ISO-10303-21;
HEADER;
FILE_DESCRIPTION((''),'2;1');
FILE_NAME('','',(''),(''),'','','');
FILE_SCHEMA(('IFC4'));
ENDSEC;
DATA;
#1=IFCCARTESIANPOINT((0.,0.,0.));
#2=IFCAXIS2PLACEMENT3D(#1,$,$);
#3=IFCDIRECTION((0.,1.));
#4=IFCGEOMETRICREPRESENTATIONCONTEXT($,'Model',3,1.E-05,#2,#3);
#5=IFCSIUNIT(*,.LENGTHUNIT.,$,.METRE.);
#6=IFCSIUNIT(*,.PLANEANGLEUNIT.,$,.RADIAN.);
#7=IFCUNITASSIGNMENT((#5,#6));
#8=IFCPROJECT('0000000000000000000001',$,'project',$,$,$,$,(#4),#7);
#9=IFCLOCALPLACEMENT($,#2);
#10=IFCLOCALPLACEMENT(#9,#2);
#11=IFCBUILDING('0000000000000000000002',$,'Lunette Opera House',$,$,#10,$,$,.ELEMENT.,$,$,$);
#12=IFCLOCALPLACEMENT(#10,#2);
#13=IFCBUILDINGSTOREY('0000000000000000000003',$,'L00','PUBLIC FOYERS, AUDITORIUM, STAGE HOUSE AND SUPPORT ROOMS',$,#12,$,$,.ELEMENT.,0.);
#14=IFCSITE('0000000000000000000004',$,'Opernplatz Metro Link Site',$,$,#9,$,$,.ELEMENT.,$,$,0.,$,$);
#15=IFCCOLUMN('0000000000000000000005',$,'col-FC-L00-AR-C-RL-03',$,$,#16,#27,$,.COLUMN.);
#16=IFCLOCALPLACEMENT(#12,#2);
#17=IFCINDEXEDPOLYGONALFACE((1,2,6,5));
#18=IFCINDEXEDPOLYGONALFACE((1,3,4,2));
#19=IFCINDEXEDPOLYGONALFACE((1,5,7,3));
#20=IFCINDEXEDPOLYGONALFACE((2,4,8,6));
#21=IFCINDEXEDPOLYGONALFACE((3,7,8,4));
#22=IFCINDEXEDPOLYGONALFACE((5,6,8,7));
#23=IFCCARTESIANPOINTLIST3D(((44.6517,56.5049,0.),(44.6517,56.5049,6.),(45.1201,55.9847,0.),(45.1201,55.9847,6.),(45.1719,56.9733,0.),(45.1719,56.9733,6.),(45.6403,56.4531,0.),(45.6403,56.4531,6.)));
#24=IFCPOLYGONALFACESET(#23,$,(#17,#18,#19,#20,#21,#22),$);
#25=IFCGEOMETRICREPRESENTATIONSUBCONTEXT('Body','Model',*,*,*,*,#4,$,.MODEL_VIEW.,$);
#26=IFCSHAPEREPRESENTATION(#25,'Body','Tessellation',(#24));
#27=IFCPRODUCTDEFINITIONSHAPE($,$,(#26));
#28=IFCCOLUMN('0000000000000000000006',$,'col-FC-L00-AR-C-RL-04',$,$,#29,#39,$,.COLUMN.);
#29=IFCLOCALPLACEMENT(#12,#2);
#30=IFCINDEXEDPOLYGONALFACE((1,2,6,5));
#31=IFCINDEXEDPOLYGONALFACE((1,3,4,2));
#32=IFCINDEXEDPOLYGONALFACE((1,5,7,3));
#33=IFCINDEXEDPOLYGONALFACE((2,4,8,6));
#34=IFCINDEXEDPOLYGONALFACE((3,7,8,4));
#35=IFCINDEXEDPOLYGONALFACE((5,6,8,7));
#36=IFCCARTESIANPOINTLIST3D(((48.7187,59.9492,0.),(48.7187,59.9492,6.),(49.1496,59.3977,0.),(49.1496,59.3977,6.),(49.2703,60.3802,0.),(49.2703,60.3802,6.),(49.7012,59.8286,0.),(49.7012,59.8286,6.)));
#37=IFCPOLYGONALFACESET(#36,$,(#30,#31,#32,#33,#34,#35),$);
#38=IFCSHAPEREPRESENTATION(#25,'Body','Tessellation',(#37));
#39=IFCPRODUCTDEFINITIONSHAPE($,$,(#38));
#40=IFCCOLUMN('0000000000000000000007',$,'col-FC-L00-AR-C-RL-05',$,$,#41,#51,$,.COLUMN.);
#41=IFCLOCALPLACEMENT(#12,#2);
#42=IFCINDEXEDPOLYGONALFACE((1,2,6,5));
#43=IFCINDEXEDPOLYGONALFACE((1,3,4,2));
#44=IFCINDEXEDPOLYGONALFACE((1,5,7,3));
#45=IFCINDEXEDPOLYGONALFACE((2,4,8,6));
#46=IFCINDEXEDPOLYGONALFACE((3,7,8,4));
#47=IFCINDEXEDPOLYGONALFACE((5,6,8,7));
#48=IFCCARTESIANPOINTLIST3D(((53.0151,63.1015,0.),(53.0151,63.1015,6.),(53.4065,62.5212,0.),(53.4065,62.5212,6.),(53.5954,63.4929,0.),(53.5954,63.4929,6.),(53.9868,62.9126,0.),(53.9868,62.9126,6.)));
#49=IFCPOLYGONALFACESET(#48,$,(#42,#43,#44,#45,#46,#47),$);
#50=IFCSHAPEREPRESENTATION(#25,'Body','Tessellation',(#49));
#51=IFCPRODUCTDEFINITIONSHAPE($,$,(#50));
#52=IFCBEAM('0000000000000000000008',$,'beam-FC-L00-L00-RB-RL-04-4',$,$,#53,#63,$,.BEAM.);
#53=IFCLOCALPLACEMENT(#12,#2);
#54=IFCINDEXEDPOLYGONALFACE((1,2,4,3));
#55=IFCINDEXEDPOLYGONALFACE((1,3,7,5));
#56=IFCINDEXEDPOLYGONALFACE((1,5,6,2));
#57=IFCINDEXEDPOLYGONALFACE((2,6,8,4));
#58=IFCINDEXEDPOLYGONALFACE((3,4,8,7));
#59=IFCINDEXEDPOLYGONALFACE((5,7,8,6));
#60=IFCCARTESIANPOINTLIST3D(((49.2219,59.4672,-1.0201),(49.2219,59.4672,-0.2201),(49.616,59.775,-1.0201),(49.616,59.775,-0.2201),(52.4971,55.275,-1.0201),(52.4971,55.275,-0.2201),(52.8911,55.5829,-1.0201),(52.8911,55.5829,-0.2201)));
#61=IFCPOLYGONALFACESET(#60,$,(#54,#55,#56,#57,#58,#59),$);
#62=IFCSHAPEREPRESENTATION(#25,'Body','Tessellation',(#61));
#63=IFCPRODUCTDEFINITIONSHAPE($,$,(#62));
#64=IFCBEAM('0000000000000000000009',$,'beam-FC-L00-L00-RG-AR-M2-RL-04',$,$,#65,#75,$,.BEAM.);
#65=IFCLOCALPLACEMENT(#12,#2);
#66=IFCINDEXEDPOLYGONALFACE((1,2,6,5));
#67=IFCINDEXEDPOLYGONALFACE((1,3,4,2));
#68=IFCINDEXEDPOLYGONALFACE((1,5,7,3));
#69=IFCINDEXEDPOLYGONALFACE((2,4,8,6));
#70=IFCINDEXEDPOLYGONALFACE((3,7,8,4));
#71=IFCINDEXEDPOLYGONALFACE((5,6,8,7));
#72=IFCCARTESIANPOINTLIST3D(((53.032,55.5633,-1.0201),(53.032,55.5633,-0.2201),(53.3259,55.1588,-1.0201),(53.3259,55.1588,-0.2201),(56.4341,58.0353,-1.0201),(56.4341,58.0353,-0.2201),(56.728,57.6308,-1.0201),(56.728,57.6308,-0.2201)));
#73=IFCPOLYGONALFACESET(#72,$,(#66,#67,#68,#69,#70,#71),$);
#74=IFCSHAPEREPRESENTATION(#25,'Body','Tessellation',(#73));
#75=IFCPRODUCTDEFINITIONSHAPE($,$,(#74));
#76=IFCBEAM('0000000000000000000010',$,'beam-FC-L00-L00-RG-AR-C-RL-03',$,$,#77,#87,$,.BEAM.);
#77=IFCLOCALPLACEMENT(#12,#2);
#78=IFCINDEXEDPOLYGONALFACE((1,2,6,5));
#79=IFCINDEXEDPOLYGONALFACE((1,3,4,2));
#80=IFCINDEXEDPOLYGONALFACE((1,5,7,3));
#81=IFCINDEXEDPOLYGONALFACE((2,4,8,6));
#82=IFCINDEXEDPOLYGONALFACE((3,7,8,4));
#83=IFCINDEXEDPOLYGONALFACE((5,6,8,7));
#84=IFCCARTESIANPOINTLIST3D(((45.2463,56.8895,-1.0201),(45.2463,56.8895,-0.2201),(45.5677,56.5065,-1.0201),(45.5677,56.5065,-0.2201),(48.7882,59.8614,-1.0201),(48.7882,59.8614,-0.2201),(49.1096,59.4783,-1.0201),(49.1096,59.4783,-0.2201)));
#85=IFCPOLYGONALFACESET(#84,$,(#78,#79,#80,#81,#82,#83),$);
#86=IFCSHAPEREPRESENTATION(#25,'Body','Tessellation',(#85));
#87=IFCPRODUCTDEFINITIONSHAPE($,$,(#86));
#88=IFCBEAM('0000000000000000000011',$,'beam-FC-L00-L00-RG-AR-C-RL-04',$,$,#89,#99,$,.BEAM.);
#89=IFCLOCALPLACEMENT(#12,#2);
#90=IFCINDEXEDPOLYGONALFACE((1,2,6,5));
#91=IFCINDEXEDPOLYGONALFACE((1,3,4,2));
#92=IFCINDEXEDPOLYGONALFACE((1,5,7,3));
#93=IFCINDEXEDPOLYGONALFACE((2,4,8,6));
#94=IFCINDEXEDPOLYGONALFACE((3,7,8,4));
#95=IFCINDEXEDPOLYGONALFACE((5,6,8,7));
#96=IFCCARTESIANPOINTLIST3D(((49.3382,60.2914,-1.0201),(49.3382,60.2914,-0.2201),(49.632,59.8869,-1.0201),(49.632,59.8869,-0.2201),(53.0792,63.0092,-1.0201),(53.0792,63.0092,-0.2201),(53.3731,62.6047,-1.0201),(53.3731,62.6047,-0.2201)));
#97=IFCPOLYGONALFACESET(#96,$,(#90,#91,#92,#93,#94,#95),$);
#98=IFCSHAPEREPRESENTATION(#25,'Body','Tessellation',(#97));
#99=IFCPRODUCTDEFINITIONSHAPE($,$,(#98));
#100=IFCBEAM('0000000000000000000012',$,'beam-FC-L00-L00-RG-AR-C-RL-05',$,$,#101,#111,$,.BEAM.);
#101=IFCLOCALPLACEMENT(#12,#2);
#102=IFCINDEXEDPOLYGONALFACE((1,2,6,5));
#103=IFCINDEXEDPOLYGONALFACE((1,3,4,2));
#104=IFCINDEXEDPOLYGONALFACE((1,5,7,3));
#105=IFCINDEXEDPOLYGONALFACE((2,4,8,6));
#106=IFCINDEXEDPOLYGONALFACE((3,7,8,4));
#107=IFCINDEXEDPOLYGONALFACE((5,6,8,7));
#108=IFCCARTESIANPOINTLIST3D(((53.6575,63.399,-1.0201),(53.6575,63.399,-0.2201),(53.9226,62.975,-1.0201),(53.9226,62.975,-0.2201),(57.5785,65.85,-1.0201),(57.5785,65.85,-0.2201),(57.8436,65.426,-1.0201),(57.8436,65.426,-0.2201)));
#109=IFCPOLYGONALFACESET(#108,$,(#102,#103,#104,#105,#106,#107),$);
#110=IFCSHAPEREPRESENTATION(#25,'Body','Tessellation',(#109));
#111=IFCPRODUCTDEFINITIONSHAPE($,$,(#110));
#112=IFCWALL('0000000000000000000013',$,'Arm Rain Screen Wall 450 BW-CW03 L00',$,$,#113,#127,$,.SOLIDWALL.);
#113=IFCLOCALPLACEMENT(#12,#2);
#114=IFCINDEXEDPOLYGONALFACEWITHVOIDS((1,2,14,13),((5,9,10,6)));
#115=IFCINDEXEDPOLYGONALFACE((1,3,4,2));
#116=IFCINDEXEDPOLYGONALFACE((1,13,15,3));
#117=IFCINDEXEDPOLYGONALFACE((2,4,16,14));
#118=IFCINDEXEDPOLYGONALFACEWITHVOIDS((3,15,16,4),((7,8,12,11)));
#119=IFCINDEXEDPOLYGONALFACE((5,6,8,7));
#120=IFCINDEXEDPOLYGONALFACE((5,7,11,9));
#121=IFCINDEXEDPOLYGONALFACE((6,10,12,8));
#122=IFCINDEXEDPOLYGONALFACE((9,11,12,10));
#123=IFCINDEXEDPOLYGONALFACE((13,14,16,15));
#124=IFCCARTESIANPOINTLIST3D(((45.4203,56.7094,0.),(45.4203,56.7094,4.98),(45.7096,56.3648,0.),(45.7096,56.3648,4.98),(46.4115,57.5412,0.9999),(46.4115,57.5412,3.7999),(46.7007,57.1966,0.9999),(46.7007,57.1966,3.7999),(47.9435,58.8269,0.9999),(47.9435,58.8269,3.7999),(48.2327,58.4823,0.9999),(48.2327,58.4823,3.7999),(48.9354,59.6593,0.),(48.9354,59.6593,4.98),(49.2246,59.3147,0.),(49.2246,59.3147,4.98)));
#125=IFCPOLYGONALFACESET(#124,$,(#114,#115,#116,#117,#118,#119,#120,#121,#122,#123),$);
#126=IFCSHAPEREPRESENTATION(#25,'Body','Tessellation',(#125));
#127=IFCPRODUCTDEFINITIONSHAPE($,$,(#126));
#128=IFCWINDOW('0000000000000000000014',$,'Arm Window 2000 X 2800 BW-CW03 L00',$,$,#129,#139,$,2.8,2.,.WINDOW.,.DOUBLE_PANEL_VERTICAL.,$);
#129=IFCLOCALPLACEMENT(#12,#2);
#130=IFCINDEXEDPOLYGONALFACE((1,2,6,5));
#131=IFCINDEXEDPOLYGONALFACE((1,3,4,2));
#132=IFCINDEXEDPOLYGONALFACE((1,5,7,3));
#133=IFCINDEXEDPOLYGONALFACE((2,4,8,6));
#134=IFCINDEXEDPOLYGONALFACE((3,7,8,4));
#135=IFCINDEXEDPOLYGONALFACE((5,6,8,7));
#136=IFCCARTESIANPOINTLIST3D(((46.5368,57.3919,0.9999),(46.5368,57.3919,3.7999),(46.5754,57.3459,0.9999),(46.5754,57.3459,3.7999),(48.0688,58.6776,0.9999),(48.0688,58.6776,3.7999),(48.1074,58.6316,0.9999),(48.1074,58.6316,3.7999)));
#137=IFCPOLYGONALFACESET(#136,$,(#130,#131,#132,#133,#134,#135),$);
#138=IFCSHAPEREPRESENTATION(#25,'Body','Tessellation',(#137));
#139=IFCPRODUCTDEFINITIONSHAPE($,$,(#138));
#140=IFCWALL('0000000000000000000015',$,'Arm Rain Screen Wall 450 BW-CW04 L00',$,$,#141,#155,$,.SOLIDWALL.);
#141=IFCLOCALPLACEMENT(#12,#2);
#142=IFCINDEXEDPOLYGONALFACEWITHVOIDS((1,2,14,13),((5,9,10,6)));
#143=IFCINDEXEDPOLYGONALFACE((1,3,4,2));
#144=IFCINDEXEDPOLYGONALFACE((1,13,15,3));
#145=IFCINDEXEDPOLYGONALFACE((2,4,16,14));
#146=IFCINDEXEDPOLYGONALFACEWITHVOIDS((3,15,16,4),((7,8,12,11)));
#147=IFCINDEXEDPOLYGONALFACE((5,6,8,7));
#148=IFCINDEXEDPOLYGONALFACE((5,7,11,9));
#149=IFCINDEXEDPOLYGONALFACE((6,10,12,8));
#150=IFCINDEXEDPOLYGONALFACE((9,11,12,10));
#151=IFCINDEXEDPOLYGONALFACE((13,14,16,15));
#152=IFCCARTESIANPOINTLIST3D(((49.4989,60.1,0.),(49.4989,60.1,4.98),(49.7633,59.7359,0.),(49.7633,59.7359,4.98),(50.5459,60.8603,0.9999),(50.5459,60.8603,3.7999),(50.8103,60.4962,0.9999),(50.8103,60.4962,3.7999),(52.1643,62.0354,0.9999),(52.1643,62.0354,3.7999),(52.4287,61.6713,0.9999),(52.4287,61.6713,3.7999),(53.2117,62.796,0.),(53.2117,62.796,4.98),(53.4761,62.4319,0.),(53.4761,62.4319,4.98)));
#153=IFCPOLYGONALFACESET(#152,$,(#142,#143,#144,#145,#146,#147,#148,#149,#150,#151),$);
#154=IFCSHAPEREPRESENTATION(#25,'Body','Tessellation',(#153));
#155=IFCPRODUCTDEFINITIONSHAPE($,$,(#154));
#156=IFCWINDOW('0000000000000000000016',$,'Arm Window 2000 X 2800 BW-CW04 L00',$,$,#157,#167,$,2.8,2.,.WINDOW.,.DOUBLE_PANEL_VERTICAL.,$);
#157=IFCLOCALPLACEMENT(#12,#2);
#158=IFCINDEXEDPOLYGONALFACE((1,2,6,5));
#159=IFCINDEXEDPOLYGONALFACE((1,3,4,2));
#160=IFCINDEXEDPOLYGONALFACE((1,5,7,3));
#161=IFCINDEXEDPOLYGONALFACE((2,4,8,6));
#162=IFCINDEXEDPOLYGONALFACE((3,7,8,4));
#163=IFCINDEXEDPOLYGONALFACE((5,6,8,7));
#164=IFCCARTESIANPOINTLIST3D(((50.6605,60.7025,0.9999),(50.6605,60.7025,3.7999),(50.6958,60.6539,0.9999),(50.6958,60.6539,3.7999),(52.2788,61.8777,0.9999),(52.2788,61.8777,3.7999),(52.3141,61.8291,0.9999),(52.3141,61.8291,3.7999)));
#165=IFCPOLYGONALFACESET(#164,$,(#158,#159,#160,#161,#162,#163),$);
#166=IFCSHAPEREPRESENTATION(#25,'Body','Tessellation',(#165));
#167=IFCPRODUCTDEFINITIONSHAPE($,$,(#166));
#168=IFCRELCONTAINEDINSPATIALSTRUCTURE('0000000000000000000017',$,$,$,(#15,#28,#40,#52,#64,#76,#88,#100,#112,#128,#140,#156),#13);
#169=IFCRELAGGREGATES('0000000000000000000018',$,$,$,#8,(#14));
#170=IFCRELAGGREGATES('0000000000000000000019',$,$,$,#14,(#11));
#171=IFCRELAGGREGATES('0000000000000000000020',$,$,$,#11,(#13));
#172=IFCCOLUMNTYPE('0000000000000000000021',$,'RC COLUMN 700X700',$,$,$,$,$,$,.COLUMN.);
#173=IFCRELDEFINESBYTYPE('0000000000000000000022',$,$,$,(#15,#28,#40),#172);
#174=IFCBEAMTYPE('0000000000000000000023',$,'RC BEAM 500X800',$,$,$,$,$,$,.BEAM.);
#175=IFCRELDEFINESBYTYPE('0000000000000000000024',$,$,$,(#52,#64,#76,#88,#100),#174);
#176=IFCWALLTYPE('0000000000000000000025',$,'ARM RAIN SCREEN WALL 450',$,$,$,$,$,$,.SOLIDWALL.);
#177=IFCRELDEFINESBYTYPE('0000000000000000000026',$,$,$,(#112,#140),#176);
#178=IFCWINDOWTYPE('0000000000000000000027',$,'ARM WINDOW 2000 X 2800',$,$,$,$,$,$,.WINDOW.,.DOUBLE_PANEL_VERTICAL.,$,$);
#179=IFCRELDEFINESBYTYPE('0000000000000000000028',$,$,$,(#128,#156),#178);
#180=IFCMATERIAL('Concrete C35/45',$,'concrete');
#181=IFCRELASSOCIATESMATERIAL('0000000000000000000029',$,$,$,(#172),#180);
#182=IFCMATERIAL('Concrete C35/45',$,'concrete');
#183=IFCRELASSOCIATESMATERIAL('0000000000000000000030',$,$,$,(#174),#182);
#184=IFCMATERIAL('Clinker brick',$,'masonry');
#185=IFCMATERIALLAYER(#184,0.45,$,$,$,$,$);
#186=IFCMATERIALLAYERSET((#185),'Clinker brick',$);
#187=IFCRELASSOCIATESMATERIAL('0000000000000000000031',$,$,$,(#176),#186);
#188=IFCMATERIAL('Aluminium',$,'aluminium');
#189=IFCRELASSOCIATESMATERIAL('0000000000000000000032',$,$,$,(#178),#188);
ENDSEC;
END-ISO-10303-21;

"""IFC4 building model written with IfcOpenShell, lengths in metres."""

from ifc_helpers import new_model, si_unit, direction, frame, frame_2d, origin, origin_2d, place, context, subcontext, project, spatial, rectangle, extrude, material, layer, layer_set, material_profile, profile_set, type_object, element, fill, save


model = new_model("IFC4")

# Units and contexts
model_context = context("Model", 3, precision=1e-05, world=origin(), true_north=direction((0.0, 1.0)))
body_context = subcontext(model_context, "Body", "Model", "MODEL_VIEW")
ifc_project = project(units=[si_unit("LENGTHUNIT", "METRE"), si_unit("PLANEANGLEUNIT", "RADIAN")], contexts=[model_context])

# Site, building, storey
site_placement = place(None, origin())
site = spatial("IfcSite", under=ifc_project, at=site_placement, Name="Opernplatz Metro Link Site", CompositionType="ELEMENT", RefElevation=0.0)
building_placement = place(site_placement, origin())
building = spatial("IfcBuilding", under=site, at=building_placement, Name="Lunette Opera House", CompositionType="ELEMENT")
storey_placement = place(building_placement, origin())
storey = spatial("IfcBuildingStorey", under=building, at=storey_placement, Name="L00", Description="PUBLIC FOYERS, AUDITORIUM, STAGE HOUSE AND SUPPORT ROOMS", CompositionType="ELEMENT", Elevation=0.0)

# Columns
ifc_material_1 = material(Name="Concrete C35/45", Category="concrete")
ifc_material_profile_1 = material_profile(ifc_material_1, rectangle(XDim=0.7, YDim=0.7, at=origin_2d()), Name="RC COLUMN 700X700")
ifc_profile_set_1 = profile_set([ifc_material_profile_1], Name="Concrete C35/45")
column_type = type_object("IfcColumnType", Name="RC COLUMN 700X700", PredefinedType="COLUMN", material=ifc_profile_set_1)
for number, where, z_axis, x_axis, name in (
    (1, (45.146, 56.479, 0.0), (0.0, 0.0, 1.0), (0.743145, 0.669131, 0.0), "col-FC-L00-AR-C-RL-03"),
    (2, (49.21, 59.8889, 0.0), (0.0, 0.0, 1.0), (0.788011, 0.615661, 0.0), "col-FC-L00-AR-C-RL-04"),
    (3, (53.501, 63.0071, 0.0), (0.0, 0.0, 1.0), (0.829038, 0.559193, 0.0), "col-FC-L00-AR-C-RL-05"),
):
    element("IfcColumn", number, at=place(storey_placement, frame(where, z_axis=z_axis, x_axis=x_axis)), inside=storey, type_object=column_type, Name=name, PredefinedType="COLUMN", context=body_context, shape_type="SweptSolid", body=[
        extrude(rectangle(XDim=0.7, YDim=0.7, at=origin_2d()), origin(), (0.0, 0.0, 1.0), 6.0),
    ])

# Beams
ifc_material_2 = material(Name="Concrete C35/45", Category="concrete")
ifc_material_profile_2 = material_profile(ifc_material_2, rectangle(XDim=0.5, YDim=0.8, at=origin_2d()), Name="RC BEAM 500X800")
ifc_profile_set_2 = profile_set([ifc_material_profile_2], Name="Concrete C35/45")
beam_type = type_object("IfcBeamType", Name="RC BEAM 500X800", PredefinedType="BEAM", material=ifc_profile_set_2)
beam_1_placement = place(storey_placement, frame((52.6941, 55.429, -0.6201), z_axis=(-0.615648, 0.788021, 0.0), x_axis=(-0.788021, -0.615648, 0.0)))
element("IfcBeam", 4, at=beam_1_placement, inside=storey, type_object=beam_type, Name="beam-FC-L00-L00-RB-RL-04-4", PredefinedType="BEAM", context=body_context, shape_type="SweptSolid", body=[
    extrude(rectangle(XDim=0.5, YDim=0.8, at=origin_2d()), origin(), (0.0, 0.0, 1.0), 5.3198),
])
beam_2_placement = place(storey_placement, frame((53.179, 55.3611, -0.6201), z_axis=(0.809, 0.587809, 0.0), x_axis=(-0.587809, 0.809, 0.0)))
element("IfcBeam", 5, at=beam_2_placement, inside=storey, type_object=beam_type, Name="beam-FC-L00-L00-RG-AR-M2-RL-04", PredefinedType="BEAM", context=body_context, shape_type="SweptSolid", body=[
    extrude(rectangle(XDim=0.5, YDim=0.8, at=origin_2d()), origin(), (0.0, 0.0, 1.0), 4.2053),
])
beam_3_placement = place(storey_placement, frame((45.407, 56.698, -0.6201), z_axis=(0.766062, 0.642767, 0.0), x_axis=(-0.642767, 0.766062, 0.0)))
element("IfcBeam", 6, at=beam_3_placement, inside=storey, type_object=beam_type, Name="beam-FC-L00-L00-RG-AR-C-RL-03", PredefinedType="BEAM", context=body_context, shape_type="SweptSolid", body=[
    extrude(rectangle(XDim=0.5, YDim=0.8, at=origin_2d()), origin(), (0.0, 0.0, 1.0), 4.6235),
])
for number, where, z_axis, x_axis, name in (
    (7, (49.4851, 60.0891, -0.6201), (0.809037, 0.587757, 0.0), (-0.587757, 0.809037, 0.0), "beam-FC-L00-L00-RG-AR-C-RL-04"),
    (8, (53.79, 63.187, -0.6201), (0.847963, 0.530056, 0.0), (-0.530056, 0.847963, 0.0), "beam-FC-L00-L00-RG-AR-C-RL-05"),
):
    element("IfcBeam", number, at=place(storey_placement, frame(where, z_axis=z_axis, x_axis=x_axis)), inside=storey, type_object=beam_type, Name=name, PredefinedType="BEAM", context=body_context, shape_type="SweptSolid", body=[
        extrude(rectangle(XDim=0.5, YDim=0.8, at=origin_2d()), origin(), (0.0, 0.0, 1.0), 4.624),
    ])

# Walls, openings, windows
ifc_material_3 = material(Name="Clinker brick", Category="masonry")
ifc_layer_1 = layer(ifc_material_3, 0.45)
ifc_layer_set_1 = layer_set([ifc_layer_1], Name="Clinker brick")
wall_type_1 = type_object("IfcWallType", Name="ARM RAIN SCREEN WALL 450", PredefinedType="SOLIDWALL", material=ifc_layer_set_1)
wall_1_placement = place(storey_placement, frame((45.5649, 56.5371, 0.0), z_axis=(0.0, 0.0, 1.0), x_axis=(0.766001, 0.642839, 0.0)))
wall_1 = element("IfcWall", 9, at=wall_1_placement, inside=storey, type_object=wall_type_1, Name="Arm Rain Screen Wall 450 BW-CW03 L00", PredefinedType="SOLIDWALL", context=body_context, shape_type="SweptSolid", body=[
    extrude(rectangle(XDim=4.5889, YDim=0.45, at=frame_2d((2.2944, 0.0))), origin(), (0.0, 0.0, 1.0), 4.98),
])
opening_1_placement = place(wall_1_placement, frame((1.2939, 0.0, 1.0)))
opening_1 = element("IfcOpeningElement", 10, at=opening_1_placement, cuts=wall_1, PredefinedType="OPENING", context=body_context, shape_type="SweptSolid", body=[
    extrude(rectangle(XDim=2.0, YDim=2.8, at=frame_2d((1.0, 1.3999))), frame((0.0, 0.2371, 0.0), z_axis=(0.0, -1.0, 0.0), x_axis=(1.0, 0.0, 0.0)), (0.0, 0.0, 1.0), 0.4739),
])
ifc_material_4 = material(Name="Aluminium", Category="aluminium")
window_type = type_object("IfcWindowType", Name="ARM WINDOW 2000 X 2800", PartitioningType="DOUBLE_PANEL_VERTICAL", PredefinedType="WINDOW", material=ifc_material_4)
window_1_placement = place(opening_1_placement, origin())
window_1 = element("IfcWindow", 11, at=window_1_placement, inside=storey, type_object=window_type, Name="Arm Window 2000 X 2800 BW-CW03 L00", OverallHeight=2.8, OverallWidth=2.0, PartitioningType="DOUBLE_PANEL_VERTICAL", PredefinedType="WINDOW", context=body_context, shape_type="SweptSolid", body=[
    extrude(rectangle(XDim=2.0, YDim=2.8, at=frame_2d((1.0, 1.3999))), frame((0.0, 0.03, 0.0), z_axis=(0.0, -1.0, 0.0), x_axis=(1.0, 0.0, 0.0)), (0.0, 0.0, 1.0), 0.0601),
])
fill(opening_1, window_1)
wall_2_placement = place(storey_placement, frame((49.6311, 59.918, 0.0), z_axis=(0.0, 0.0, 1.0), x_axis=(0.809175, 0.587567, 0.0)))
wall_2 = element("IfcWall", 12, at=wall_2_placement, inside=storey, type_object=wall_type_1, Name="Arm Rain Screen Wall 450 BW-CW04 L00", PredefinedType="SOLIDWALL", context=body_context, shape_type="SweptSolid", body=[
    extrude(rectangle(XDim=4.5884, YDim=0.45, at=frame_2d((2.2942, 0.0))), origin(), (0.0, 0.0, 1.0), 4.98),
])
opening_2_placement = place(wall_2_placement, frame((1.2939, 0.0, 1.0)))
opening_2 = element("IfcOpeningElement", 13, at=opening_2_placement, cuts=wall_2, PredefinedType="OPENING", context=body_context, shape_type="SweptSolid", body=[
    extrude(rectangle(XDim=2.0, YDim=2.8, at=frame_2d((1.0, 1.3999))), frame((0.0, 0.2371, 0.0), z_axis=(0.0, -1.0, 0.0), x_axis=(1.0, 0.0, 0.0)), (0.0, 0.0, 1.0), 0.4739),
])
window_2_placement = place(opening_2_placement, origin())
window_2 = element("IfcWindow", 14, at=window_2_placement, inside=storey, type_object=window_type, Name="Arm Window 2000 X 2800 BW-CW04 L00", OverallHeight=2.8, OverallWidth=2.0, PartitioningType="DOUBLE_PANEL_VERTICAL", PredefinedType="WINDOW", context=body_context, shape_type="SweptSolid", body=[
    extrude(rectangle(XDim=2.0, YDim=2.8, at=frame_2d((1.0, 1.3999))), frame((0.0, 0.03, 0.0), z_axis=(0.0, -1.0, 0.0), x_axis=(1.0, 0.0, 0.0)), (0.0, 0.0, 1.0), 0.0601),
])
fill(opening_2, window_2)

save(model, "model.ifc")
